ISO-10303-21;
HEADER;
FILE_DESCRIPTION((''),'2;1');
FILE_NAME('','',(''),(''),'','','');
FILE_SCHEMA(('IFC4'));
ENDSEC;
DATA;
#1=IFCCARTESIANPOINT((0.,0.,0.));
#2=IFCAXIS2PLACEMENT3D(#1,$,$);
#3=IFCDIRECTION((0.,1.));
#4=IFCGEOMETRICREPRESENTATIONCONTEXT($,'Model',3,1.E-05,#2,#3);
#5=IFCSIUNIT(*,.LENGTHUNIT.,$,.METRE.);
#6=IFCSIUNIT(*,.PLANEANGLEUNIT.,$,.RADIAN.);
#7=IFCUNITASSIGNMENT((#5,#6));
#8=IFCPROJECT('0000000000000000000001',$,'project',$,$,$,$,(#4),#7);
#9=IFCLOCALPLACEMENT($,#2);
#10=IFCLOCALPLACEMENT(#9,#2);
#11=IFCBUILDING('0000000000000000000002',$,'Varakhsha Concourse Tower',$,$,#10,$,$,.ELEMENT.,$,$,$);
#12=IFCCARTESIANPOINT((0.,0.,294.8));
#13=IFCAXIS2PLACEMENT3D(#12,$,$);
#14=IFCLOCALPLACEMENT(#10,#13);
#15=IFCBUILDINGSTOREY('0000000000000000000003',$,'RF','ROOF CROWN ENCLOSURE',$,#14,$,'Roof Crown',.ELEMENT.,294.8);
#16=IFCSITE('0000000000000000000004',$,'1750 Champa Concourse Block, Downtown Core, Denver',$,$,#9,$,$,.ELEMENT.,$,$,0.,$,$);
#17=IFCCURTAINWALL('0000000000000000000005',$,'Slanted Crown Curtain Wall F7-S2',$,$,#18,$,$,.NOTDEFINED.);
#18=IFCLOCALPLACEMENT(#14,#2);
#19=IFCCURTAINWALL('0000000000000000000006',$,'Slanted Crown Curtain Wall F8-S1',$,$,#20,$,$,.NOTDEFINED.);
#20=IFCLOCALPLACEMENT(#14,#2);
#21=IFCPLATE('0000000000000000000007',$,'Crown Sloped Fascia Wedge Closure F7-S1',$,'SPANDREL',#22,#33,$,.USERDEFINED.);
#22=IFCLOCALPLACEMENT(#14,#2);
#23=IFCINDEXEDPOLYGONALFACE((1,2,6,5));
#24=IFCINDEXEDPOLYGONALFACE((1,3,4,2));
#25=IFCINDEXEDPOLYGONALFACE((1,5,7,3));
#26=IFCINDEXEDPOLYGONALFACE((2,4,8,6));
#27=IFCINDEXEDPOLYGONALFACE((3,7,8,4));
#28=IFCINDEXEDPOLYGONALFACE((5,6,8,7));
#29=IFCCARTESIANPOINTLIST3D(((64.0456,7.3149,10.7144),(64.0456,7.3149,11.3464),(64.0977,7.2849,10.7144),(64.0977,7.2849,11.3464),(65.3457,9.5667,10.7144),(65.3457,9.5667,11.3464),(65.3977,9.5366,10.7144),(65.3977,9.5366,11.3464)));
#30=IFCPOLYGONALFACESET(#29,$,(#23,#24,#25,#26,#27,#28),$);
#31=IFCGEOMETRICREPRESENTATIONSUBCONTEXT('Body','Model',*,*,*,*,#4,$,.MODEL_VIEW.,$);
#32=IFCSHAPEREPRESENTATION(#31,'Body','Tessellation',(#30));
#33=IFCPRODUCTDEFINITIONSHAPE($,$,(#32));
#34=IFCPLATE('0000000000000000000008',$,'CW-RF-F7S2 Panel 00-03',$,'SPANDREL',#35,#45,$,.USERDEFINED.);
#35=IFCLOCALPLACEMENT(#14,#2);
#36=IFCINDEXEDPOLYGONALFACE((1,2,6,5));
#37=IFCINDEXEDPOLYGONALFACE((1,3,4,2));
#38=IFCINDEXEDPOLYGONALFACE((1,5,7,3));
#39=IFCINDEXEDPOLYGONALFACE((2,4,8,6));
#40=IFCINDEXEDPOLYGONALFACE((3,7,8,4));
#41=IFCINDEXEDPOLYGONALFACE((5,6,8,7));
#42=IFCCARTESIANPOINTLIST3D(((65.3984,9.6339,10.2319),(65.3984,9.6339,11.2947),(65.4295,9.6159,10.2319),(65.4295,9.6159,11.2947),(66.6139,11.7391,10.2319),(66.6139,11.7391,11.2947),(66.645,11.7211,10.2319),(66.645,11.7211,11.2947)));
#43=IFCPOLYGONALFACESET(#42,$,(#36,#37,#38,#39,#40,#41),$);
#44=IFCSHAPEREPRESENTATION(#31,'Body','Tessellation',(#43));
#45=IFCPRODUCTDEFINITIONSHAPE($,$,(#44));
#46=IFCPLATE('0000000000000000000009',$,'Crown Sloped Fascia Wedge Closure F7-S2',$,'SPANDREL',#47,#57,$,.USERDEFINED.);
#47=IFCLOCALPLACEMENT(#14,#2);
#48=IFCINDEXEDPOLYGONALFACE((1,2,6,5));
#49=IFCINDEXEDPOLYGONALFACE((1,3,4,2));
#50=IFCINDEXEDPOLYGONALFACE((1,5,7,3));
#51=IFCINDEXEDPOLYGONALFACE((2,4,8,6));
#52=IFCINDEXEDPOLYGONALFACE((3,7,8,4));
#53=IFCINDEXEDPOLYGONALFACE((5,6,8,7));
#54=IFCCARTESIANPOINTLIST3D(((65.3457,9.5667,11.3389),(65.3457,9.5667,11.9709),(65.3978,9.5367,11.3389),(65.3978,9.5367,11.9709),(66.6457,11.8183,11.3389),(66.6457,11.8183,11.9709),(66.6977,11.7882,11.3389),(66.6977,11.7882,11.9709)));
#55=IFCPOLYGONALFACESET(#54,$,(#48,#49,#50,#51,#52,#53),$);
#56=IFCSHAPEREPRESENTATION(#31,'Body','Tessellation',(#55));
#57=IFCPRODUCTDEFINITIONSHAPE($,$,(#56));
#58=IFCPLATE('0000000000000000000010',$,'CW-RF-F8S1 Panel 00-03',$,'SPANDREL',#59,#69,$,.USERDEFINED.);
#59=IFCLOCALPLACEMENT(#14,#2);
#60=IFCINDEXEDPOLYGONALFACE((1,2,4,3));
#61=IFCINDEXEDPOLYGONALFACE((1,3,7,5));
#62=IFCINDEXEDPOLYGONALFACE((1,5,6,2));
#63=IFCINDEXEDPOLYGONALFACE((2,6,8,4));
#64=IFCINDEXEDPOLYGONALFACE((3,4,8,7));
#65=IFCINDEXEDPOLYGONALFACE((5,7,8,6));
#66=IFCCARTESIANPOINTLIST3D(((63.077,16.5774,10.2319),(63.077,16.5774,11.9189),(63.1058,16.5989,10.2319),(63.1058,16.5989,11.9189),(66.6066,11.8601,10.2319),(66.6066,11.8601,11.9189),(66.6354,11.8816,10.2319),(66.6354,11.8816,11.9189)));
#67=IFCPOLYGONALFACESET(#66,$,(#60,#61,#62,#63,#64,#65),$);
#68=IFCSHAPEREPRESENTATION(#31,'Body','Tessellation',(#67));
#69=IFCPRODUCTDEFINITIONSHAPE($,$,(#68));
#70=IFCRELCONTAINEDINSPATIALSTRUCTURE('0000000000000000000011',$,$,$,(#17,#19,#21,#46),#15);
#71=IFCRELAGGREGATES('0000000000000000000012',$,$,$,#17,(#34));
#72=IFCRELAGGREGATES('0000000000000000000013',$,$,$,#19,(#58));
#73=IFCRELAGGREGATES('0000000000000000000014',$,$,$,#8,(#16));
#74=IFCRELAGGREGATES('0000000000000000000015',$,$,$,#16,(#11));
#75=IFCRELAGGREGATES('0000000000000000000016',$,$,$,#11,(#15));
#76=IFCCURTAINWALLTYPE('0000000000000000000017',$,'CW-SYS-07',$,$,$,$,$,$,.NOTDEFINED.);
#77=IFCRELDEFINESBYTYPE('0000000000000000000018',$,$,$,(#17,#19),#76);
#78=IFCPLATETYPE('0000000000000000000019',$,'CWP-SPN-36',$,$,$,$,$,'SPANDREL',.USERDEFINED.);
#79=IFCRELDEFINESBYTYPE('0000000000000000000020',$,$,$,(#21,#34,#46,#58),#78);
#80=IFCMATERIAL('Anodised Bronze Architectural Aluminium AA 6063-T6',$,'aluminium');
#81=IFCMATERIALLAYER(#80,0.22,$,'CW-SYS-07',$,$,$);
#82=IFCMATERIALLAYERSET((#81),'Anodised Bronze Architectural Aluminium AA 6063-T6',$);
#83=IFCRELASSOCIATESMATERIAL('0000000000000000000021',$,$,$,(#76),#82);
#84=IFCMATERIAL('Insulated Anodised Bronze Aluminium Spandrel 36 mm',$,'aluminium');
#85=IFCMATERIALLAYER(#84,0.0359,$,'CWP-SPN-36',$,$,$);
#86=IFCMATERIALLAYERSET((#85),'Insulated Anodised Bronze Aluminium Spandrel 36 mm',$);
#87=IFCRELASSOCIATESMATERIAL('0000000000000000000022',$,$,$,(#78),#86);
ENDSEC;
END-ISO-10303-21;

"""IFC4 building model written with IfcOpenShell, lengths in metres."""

from ifc_helpers import new_model, si_unit, direction, frame, origin, origin_2d, place, context, subcontext, project, spatial, rectangle, extrude, source, transform, mapped, material, layer, layer_set, type_object, element, aggregate, save


model = new_model("IFC4")

# Units and contexts
model_context = context("Model", 3, precision=1e-05, world=origin(), true_north=direction((0.0, 1.0)))
body_context = subcontext(model_context, "Body", "Model", "MODEL_VIEW")
ifc_project = project(units=[si_unit("LENGTHUNIT", "METRE"), si_unit("PLANEANGLEUNIT", "RADIAN")], contexts=[model_context])

# Site, building, storey
site_placement = place(None, origin())
site = spatial("IfcSite", under=ifc_project, at=site_placement, Name="1750 Champa Concourse Block, Downtown Core, Denver", CompositionType="ELEMENT", RefElevation=0.0)
building_placement = place(site_placement, origin())
building = spatial("IfcBuilding", under=site, at=building_placement, Name="Varakhsha Concourse Tower", CompositionType="ELEMENT")
storey_placement = place(building_placement, frame((0.0, 0.0, 294.8)))
storey = spatial("IfcBuildingStorey", under=building, at=storey_placement, Name="RF", Description="ROOF CROWN ENCLOSURE", LongName="Roof Crown", CompositionType="ELEMENT", Elevation=294.8)

# Shared definitions
ifc_material_1 = material(Name="Anodised Bronze Architectural Aluminium AA 6063-T6", Category="aluminium")
ifc_layer_1 = layer(ifc_material_1, 0.22, Name="CW-SYS-07")
ifc_layer_set_1 = layer_set([ifc_layer_1], Name="Anodised Bronze Architectural Aluminium AA 6063-T6")
curtain_wall_type = type_object("IfcCurtainWallType", Name="CW-SYS-07", PredefinedType="NOTDEFINED", material=ifc_layer_set_1)

# Curtain wall
curtain_wall_1_placement = place(storey_placement, origin())
curtain_wall_1 = element("IfcCurtainWall", 1, at=curtain_wall_1_placement, inside=storey, type_object=curtain_wall_type, Name="Slanted Crown Curtain Wall F7-S2", PredefinedType="NOTDEFINED")

# Curtain wall
curtain_wall_2_placement = place(storey_placement, origin())
curtain_wall_2 = element("IfcCurtainWall", 2, at=curtain_wall_2_placement, inside=storey, type_object=curtain_wall_type, Name="Slanted Crown Curtain Wall F8-S1", PredefinedType="NOTDEFINED")

# Shared definitions
ifc_material_2 = material(Name="Insulated Anodised Bronze Aluminium Spandrel 36 mm", Category="aluminium")
ifc_layer_2 = layer(ifc_material_2, 0.0359, Name="CWP-SPN-36")
ifc_layer_set_2 = layer_set([ifc_layer_2], Name="Insulated Anodised Bronze Aluminium Spandrel 36 mm")
plate_type_1 = type_object("IfcPlateType", Name="CWP-SPN-36", ElementType="SPANDREL", PredefinedType="USERDEFINED", material=ifc_layer_set_2)

# Plates
shared_shape_1 = source(origin(), body_context, "Body", "SweptSolid", [
    extrude(rectangle(XDim=2.6001, YDim=0.0601, at=origin_2d()), origin(), (0.0, 0.0, 1.0), 0.6321),
])
plate_1_placement = place(storey_placement, frame((64.7217, 8.4258, 10.7144), z_axis=(0.0, 0.0, 1.0), x_axis=(-0.5, -0.866025, 0.0)))
element("IfcPlate", 3, at=plate_1_placement, inside=storey, type_object=plate_type_1, Name="Crown Sloped Fascia Wedge Closure F7-S1", ObjectType="SPANDREL", PredefinedType="USERDEFINED", context=body_context, shape_type="MappedRepresentation", body=[
    mapped(shared_shape_1, transform((0.0, 0.0, 0.0), scale=1.0)),
])
shared_shape_2 = source(origin(), body_context, "Body", "SweptSolid", [
    extrude(rectangle(XDim=2.4309, YDim=0.0359, at=origin_2d()), origin(), (0.0, 0.0, 1.0), 1.0627),
])
plate_2_placement = place(storey_placement, frame((66.0217, 10.6775, 10.2319), z_axis=(0.0, 0.0, 1.0), x_axis=(-0.500011, -0.866019, 0.0)))
plate_2 = element("IfcPlate", 4, at=plate_2_placement, type_object=plate_type_1, Name="CW-RF-F7S2 Panel 00-03", ObjectType="SPANDREL", PredefinedType="USERDEFINED", context=body_context, shape_type="MappedRepresentation", body=[
    mapped(shared_shape_2, transform((0.0, 0.0, 0.0), scale=1.0)),
])
aggregate(curtain_wall_1, [plate_2])
shared_shape_3 = source(origin(), body_context, "Body", "SweptSolid", [
    extrude(rectangle(XDim=2.5999, YDim=0.0601, at=origin_2d()), origin(), (0.0, 0.0, 1.0), 0.6321),
])
plate_3_placement = place(storey_placement, frame((66.0217, 10.6775, 11.3389), z_axis=(0.0, 0.0, 1.0), x_axis=(-0.500015, -0.866017, 0.0)))
element("IfcPlate", 5, at=plate_3_placement, inside=storey, type_object=plate_type_1, Name="Crown Sloped Fascia Wedge Closure F7-S2", ObjectType="SPANDREL", PredefinedType="USERDEFINED", context=body_context, shape_type="MappedRepresentation", body=[
    mapped(shared_shape_3, transform((0.0, 0.0, 0.0), scale=1.0)),
])
shared_shape_4 = source(origin(), body_context, "Body", "SweptSolid", [
    extrude(rectangle(XDim=5.8916, YDim=0.0359, at=origin_2d()), origin(), (0.0, 0.0, 1.0), 1.687),
])
plate_4_placement = place(storey_placement, frame((64.8562, 14.2295, 10.2319), z_axis=(0.0, 0.0, 1.0), x_axis=(0.599092, -0.80068, 0.0)))
plate_4 = element("IfcPlate", 6, at=plate_4_placement, type_object=plate_type_1, Name="CW-RF-F8S1 Panel 00-03", ObjectType="SPANDREL", PredefinedType="USERDEFINED", context=body_context, shape_type="MappedRepresentation", body=[
    mapped(shared_shape_4, transform((0.0, 0.0, 0.0), scale=1.0)),
])
aggregate(curtain_wall_2, [plate_4])

save(model, "model.ifc")
